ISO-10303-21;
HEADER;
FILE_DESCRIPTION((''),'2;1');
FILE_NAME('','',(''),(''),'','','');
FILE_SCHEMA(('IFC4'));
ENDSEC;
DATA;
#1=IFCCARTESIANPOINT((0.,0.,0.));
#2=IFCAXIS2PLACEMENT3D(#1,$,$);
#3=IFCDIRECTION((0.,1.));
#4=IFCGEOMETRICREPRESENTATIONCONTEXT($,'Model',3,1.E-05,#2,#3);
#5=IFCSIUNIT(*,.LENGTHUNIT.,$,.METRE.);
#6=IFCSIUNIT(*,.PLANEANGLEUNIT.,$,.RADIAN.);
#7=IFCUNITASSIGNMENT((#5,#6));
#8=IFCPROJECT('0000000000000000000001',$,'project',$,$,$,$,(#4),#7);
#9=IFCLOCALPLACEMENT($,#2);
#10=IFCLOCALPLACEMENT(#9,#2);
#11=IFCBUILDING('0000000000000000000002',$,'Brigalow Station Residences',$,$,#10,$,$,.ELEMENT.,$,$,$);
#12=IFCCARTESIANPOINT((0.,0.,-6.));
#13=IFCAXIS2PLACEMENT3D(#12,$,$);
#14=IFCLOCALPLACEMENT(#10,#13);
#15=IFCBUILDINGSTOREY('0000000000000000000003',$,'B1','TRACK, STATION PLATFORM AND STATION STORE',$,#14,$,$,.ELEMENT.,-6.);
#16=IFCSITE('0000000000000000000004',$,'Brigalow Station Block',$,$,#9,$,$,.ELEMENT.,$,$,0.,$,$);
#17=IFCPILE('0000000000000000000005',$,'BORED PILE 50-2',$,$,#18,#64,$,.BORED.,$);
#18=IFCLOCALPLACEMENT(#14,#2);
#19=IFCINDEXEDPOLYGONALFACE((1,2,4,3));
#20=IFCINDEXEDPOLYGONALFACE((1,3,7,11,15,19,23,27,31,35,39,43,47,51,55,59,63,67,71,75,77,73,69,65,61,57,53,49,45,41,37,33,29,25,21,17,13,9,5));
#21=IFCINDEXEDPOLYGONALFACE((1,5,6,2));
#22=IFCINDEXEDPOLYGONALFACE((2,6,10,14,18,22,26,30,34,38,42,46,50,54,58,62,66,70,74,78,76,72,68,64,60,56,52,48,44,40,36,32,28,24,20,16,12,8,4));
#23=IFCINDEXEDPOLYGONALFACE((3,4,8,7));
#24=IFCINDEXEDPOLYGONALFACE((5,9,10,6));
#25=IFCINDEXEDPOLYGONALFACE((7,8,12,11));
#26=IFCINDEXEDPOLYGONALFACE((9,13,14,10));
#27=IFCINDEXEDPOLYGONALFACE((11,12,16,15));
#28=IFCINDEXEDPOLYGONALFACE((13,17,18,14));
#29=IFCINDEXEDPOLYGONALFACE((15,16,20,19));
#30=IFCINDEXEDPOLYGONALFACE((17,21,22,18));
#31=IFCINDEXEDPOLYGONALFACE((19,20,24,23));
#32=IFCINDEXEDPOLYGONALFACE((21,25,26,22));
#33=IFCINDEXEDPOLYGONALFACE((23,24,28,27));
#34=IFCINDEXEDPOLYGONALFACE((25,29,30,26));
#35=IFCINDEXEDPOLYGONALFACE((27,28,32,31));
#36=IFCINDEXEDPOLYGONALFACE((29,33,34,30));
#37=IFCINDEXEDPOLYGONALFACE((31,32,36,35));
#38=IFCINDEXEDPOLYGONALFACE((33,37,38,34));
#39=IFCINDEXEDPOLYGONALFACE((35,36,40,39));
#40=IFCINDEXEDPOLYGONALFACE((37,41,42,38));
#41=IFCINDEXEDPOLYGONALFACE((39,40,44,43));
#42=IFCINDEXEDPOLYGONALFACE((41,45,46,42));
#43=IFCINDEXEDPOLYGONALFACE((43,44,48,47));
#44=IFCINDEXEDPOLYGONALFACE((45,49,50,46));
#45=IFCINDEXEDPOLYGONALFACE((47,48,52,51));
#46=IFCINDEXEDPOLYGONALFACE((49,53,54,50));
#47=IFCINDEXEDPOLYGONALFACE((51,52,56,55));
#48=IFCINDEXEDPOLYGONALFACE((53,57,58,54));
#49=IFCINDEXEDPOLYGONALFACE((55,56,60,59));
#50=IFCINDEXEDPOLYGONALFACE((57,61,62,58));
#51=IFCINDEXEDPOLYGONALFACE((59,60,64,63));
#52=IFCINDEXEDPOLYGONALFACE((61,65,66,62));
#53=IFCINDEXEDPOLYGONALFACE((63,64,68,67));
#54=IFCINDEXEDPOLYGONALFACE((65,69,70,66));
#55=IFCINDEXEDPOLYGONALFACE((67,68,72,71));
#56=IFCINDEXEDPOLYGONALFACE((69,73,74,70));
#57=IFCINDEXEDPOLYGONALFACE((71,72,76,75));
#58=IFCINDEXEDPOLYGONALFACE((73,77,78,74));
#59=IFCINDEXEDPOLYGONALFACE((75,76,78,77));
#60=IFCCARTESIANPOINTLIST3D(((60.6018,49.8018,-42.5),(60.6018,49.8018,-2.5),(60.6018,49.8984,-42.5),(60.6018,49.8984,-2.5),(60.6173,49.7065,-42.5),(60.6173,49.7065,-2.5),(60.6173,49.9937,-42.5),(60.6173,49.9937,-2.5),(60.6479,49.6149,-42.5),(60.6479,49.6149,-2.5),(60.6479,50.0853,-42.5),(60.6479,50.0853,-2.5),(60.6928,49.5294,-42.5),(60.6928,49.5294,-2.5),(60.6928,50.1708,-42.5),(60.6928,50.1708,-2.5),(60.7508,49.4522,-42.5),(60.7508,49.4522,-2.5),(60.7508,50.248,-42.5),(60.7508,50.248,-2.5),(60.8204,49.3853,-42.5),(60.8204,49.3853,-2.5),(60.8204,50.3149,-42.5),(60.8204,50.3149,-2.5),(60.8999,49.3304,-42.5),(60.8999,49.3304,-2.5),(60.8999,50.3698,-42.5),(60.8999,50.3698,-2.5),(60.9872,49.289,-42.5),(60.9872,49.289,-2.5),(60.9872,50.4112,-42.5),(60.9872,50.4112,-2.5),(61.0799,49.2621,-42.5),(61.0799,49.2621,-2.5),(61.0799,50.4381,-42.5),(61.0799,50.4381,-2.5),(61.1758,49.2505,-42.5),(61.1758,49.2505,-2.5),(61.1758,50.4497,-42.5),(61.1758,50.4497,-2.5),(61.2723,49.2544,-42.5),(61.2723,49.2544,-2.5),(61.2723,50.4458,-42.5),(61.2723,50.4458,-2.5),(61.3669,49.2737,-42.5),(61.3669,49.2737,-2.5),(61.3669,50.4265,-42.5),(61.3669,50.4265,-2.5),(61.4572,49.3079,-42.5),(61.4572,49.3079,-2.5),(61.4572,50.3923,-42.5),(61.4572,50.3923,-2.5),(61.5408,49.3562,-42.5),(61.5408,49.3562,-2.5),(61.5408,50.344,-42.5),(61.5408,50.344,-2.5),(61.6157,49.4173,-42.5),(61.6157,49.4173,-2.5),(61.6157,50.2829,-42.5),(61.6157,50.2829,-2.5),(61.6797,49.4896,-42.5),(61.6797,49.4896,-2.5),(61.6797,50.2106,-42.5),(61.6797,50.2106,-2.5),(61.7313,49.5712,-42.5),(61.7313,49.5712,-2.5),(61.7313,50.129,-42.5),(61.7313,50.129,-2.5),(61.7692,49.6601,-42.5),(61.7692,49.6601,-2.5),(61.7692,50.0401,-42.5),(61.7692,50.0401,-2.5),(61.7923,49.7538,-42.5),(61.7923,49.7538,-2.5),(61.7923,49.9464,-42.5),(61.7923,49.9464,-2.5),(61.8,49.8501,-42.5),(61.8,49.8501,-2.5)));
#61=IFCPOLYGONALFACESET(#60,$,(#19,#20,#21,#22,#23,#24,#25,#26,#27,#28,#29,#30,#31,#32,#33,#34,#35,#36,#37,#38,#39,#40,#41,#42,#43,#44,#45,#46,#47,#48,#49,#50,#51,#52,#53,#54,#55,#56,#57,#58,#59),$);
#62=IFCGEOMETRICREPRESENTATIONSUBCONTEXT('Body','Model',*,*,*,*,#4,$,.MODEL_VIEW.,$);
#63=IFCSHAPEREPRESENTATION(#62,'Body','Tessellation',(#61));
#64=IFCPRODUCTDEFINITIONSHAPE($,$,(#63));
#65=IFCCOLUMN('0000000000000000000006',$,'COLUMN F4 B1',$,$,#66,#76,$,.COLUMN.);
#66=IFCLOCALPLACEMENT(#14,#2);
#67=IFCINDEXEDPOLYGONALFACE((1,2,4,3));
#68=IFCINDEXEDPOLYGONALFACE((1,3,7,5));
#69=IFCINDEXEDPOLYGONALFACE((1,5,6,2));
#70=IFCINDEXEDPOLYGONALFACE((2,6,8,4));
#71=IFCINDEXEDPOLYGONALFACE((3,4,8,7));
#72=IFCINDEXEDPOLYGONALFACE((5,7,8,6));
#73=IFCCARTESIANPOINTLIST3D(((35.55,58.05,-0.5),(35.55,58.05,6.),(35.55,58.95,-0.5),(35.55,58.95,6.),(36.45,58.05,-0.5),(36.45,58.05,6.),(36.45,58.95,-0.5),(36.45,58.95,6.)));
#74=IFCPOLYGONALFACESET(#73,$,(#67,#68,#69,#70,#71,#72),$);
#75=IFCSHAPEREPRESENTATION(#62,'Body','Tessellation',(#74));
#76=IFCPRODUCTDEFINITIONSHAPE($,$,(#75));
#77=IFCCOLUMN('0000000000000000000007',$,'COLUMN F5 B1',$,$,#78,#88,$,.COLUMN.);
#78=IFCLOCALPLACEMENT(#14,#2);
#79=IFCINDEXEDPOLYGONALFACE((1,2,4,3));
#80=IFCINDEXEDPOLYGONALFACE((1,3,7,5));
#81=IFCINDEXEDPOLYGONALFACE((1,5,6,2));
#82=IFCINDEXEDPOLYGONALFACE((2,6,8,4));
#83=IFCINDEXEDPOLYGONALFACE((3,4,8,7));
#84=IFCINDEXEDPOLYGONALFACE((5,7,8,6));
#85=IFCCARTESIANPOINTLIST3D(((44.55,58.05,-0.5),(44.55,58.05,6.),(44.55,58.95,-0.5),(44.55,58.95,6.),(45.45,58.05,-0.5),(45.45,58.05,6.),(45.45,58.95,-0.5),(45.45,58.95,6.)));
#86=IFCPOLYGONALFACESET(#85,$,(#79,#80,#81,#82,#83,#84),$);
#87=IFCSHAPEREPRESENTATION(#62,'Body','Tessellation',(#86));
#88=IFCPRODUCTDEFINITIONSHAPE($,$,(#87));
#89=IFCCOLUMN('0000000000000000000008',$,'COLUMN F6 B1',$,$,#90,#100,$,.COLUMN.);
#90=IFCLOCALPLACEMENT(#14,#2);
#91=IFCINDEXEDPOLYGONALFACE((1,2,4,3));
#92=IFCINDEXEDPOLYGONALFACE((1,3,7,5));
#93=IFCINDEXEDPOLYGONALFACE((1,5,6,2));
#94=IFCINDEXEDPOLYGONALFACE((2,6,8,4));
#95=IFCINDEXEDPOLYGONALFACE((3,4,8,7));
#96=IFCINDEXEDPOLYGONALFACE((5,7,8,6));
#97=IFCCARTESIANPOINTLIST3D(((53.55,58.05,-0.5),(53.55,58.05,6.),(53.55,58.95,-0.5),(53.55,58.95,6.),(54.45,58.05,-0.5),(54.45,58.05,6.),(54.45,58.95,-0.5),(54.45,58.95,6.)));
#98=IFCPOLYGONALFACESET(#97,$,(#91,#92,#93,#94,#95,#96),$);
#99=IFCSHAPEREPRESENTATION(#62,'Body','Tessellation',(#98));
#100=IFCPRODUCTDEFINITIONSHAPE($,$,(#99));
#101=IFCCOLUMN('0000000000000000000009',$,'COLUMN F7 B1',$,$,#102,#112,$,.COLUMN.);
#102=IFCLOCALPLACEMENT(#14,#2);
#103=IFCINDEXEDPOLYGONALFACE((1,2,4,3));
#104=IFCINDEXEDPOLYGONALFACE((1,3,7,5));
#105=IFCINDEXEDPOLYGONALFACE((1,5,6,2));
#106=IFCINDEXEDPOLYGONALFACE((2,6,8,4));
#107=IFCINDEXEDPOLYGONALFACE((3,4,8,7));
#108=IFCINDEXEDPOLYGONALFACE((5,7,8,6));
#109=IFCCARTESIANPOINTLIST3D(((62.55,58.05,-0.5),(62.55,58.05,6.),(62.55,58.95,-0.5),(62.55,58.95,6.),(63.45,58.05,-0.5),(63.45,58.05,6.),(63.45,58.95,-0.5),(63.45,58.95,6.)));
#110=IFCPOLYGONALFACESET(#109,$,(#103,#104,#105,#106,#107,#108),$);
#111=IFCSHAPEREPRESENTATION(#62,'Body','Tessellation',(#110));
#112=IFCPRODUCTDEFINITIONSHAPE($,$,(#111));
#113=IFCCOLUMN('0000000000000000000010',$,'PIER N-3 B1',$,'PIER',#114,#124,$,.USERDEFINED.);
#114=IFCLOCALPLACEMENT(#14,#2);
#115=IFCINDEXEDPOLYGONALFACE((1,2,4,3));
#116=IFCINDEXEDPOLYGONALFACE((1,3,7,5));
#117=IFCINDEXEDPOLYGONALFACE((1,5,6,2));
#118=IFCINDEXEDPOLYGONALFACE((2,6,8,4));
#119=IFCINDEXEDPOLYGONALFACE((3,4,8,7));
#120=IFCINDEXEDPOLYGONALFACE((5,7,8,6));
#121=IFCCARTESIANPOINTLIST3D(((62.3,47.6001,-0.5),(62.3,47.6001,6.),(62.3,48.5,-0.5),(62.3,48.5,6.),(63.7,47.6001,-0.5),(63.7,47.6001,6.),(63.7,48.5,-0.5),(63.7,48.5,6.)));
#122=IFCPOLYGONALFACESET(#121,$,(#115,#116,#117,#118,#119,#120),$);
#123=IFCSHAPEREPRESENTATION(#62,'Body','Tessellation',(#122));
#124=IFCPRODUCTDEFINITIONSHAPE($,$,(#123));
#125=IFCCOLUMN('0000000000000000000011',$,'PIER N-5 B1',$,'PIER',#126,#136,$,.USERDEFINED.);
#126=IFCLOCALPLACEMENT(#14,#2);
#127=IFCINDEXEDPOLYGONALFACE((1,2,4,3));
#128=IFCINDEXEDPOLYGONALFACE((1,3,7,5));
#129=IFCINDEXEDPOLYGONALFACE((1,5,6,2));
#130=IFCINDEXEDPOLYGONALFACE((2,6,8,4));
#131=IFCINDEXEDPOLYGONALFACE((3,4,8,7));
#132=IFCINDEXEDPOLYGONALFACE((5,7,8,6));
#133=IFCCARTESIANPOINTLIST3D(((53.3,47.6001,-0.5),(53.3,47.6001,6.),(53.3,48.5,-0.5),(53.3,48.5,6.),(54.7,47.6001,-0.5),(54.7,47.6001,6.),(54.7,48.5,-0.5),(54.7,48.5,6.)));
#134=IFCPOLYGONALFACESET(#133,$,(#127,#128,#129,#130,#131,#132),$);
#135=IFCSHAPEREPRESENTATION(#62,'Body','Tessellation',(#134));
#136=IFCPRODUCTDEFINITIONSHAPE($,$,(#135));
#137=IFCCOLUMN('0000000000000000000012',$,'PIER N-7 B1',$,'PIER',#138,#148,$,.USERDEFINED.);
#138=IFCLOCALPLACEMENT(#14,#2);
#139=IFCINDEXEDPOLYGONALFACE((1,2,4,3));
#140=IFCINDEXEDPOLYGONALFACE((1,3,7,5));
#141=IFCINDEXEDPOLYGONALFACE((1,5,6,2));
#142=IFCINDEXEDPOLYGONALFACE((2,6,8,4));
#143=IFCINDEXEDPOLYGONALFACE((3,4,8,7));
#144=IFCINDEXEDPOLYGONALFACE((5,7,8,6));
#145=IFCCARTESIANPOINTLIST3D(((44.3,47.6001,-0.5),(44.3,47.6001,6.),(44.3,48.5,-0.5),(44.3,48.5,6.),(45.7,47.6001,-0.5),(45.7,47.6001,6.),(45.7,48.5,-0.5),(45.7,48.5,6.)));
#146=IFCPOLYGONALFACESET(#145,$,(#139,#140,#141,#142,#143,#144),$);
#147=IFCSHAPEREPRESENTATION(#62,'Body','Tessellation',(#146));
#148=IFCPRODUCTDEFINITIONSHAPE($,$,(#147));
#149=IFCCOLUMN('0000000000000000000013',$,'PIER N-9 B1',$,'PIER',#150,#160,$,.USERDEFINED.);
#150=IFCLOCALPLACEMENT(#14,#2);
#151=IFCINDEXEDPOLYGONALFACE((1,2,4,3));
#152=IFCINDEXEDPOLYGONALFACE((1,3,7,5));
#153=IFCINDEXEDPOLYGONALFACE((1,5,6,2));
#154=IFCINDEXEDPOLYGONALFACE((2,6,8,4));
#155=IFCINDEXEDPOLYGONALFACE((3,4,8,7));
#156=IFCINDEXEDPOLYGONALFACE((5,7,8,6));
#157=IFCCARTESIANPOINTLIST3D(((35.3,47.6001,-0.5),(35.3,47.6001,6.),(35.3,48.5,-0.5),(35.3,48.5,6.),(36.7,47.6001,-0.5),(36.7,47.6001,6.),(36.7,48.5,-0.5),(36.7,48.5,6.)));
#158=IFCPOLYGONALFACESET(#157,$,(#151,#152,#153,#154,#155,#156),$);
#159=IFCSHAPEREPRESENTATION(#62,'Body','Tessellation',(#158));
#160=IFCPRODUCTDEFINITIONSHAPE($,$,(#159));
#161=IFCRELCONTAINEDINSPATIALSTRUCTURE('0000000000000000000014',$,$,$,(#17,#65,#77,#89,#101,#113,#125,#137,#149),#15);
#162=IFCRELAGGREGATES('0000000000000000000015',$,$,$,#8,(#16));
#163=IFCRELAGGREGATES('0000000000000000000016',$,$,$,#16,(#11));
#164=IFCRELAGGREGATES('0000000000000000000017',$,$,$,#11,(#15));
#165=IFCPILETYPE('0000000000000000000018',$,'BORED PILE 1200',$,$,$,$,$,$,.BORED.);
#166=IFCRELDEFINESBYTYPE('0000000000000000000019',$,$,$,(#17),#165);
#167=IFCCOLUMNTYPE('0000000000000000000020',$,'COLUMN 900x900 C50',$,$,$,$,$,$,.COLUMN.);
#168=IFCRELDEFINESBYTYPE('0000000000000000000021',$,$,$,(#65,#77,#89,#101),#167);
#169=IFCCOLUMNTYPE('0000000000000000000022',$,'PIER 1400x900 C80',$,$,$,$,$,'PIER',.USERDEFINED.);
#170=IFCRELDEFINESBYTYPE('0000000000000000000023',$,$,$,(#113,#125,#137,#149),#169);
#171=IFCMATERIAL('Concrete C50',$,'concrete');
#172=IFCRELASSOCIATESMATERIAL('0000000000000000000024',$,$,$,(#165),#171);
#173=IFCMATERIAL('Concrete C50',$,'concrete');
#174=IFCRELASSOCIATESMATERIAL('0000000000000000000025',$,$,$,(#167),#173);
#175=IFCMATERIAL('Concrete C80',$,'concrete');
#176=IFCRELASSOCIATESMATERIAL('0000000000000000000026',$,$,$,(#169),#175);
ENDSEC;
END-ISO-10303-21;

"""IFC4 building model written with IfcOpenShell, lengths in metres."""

from ifc_helpers import new_model, si_unit, direction, frame, origin, origin_2d, place, context, subcontext, project, spatial, rectangle, circle, extrude, material, material_profile, profile_set, type_object, element, save


model = new_model("IFC4")

# Units and contexts
model_context = context("Model", 3, precision=1e-05, world=origin(), true_north=direction((0.0, 1.0)))
body_context = subcontext(model_context, "Body", "Model", "MODEL_VIEW")
ifc_project = project(units=[si_unit("LENGTHUNIT", "METRE"), si_unit("PLANEANGLEUNIT", "RADIAN")], contexts=[model_context])

# Site, building, storey
site_placement = place(None, origin())
site = spatial("IfcSite", under=ifc_project, at=site_placement, Name="Brigalow Station Block", CompositionType="ELEMENT", RefElevation=0.0)
building_placement = place(site_placement, origin())
building = spatial("IfcBuilding", under=site, at=building_placement, Name="Brigalow Station Residences", CompositionType="ELEMENT")
storey_placement = place(building_placement, frame((0.0, 0.0, -6.0)))
storey = spatial("IfcBuildingStorey", under=building, at=storey_placement, Name="B1", Description="TRACK, STATION PLATFORM AND STATION STORE", CompositionType="ELEMENT", Elevation=-6.0)

# Pile
ifc_material_1 = material(Name="Concrete C50", Category="concrete")
ifc_material_profile_1 = material_profile(ifc_material_1, circle(Radius=0.6001, at=origin_2d()), Name="BP1200")
ifc_profile_set_1 = profile_set([ifc_material_profile_1], Name="Concrete C50")
pile_type_1 = type_object("IfcPileType", Name="BORED PILE 1200", PredefinedType="BORED", material=ifc_profile_set_1)
for number, where, z_axis, x_axis, name in (
    (1, (61.2, 49.8501, -2.5), (0.0, 0.0, -1.0), (1.0, 0.0, 0.0), "BORED PILE 50-2"),
):
    element("IfcPile", number, at=place(storey_placement, frame(where, z_axis=z_axis, x_axis=x_axis)), inside=storey, type_object=pile_type_1, Name=name, PredefinedType="BORED", context=body_context, shape_type="SweptSolid", body=[
        extrude(circle(Radius=0.6001, at=origin_2d()), origin(), (0.0, 0.0, 1.0), 40.0),
    ])

# Columns
ifc_material_2 = material(Name="Concrete C50", Category="concrete")
ifc_material_profile_2 = material_profile(ifc_material_2, rectangle(XDim=0.8999, YDim=0.8999, at=origin_2d()), Name="RC900x900")
ifc_profile_set_2 = profile_set([ifc_material_profile_2], Name="Concrete C50")
column_type_1 = type_object("IfcColumnType", Name="COLUMN 900x900 C50", PredefinedType="COLUMN", material=ifc_profile_set_2)
for number, where, z_axis, x_axis, name in (
    (2, (36.0, 58.5, -0.5), (0.0, 0.0, 1.0), (1.0, 0.0, 0.0), "COLUMN F4 B1"),
    (3, (45.0, 58.5, -0.5), (0.0, 0.0, 1.0), (1.0, 0.0, 0.0), "COLUMN F5 B1"),
    (4, (54.0, 58.5, -0.5), (0.0, 0.0, 1.0), (1.0, 0.0, 0.0), "COLUMN F6 B1"),
    (5, (63.0, 58.5, -0.5), (0.0, 0.0, 1.0), (1.0, 0.0, 0.0), "COLUMN F7 B1"),
):
    element("IfcColumn", number, at=place(storey_placement, frame(where, z_axis=z_axis, x_axis=x_axis)), inside=storey, type_object=column_type_1, Name=name, PredefinedType="COLUMN", context=body_context, shape_type="SweptSolid", body=[
        extrude(rectangle(XDim=0.8999, YDim=0.8999, at=origin_2d()), origin(), (0.0, 0.0, 1.0), 6.5),
    ])
ifc_material_3 = material(Name="Concrete C80", Category="concrete")
ifc_material_profile_3 = material_profile(ifc_material_3, rectangle(XDim=1.3999, YDim=0.8999, at=origin_2d()), Name="RC1400x900")
ifc_profile_set_3 = profile_set([ifc_material_profile_3], Name="Concrete C80")
column_type_2 = type_object("IfcColumnType", Name="PIER 1400x900 C80", ElementType="PIER", PredefinedType="USERDEFINED", material=ifc_profile_set_3)
for number, where, z_axis, x_axis, name in (
    (6, (63.0, 48.05, -0.5), (0.0, 0.0, 1.0), (-1.0, 0.0, 0.0), "PIER N-3 B1"),
    (7, (54.0, 48.05, -0.5), (0.0, 0.0, 1.0), (-1.0, 0.0, 0.0), "PIER N-5 B1"),
    (8, (45.0, 48.05, -0.5), (0.0, 0.0, 1.0), (-1.0, 0.0, 0.0), "PIER N-7 B1"),
    (9, (36.0, 48.05, -0.5), (0.0, 0.0, 1.0), (-1.0, 0.0, 0.0), "PIER N-9 B1"),
):
    element("IfcColumn", number, at=place(storey_placement, frame(where, z_axis=z_axis, x_axis=x_axis)), inside=storey, type_object=column_type_2, Name=name, ObjectType="PIER", PredefinedType="USERDEFINED", context=body_context, shape_type="SweptSolid", body=[
        extrude(rectangle(XDim=1.3999, YDim=0.8999, at=origin_2d()), origin(), (0.0, 0.0, 1.0), 6.5),
    ])

save(model, "model.ifc")
